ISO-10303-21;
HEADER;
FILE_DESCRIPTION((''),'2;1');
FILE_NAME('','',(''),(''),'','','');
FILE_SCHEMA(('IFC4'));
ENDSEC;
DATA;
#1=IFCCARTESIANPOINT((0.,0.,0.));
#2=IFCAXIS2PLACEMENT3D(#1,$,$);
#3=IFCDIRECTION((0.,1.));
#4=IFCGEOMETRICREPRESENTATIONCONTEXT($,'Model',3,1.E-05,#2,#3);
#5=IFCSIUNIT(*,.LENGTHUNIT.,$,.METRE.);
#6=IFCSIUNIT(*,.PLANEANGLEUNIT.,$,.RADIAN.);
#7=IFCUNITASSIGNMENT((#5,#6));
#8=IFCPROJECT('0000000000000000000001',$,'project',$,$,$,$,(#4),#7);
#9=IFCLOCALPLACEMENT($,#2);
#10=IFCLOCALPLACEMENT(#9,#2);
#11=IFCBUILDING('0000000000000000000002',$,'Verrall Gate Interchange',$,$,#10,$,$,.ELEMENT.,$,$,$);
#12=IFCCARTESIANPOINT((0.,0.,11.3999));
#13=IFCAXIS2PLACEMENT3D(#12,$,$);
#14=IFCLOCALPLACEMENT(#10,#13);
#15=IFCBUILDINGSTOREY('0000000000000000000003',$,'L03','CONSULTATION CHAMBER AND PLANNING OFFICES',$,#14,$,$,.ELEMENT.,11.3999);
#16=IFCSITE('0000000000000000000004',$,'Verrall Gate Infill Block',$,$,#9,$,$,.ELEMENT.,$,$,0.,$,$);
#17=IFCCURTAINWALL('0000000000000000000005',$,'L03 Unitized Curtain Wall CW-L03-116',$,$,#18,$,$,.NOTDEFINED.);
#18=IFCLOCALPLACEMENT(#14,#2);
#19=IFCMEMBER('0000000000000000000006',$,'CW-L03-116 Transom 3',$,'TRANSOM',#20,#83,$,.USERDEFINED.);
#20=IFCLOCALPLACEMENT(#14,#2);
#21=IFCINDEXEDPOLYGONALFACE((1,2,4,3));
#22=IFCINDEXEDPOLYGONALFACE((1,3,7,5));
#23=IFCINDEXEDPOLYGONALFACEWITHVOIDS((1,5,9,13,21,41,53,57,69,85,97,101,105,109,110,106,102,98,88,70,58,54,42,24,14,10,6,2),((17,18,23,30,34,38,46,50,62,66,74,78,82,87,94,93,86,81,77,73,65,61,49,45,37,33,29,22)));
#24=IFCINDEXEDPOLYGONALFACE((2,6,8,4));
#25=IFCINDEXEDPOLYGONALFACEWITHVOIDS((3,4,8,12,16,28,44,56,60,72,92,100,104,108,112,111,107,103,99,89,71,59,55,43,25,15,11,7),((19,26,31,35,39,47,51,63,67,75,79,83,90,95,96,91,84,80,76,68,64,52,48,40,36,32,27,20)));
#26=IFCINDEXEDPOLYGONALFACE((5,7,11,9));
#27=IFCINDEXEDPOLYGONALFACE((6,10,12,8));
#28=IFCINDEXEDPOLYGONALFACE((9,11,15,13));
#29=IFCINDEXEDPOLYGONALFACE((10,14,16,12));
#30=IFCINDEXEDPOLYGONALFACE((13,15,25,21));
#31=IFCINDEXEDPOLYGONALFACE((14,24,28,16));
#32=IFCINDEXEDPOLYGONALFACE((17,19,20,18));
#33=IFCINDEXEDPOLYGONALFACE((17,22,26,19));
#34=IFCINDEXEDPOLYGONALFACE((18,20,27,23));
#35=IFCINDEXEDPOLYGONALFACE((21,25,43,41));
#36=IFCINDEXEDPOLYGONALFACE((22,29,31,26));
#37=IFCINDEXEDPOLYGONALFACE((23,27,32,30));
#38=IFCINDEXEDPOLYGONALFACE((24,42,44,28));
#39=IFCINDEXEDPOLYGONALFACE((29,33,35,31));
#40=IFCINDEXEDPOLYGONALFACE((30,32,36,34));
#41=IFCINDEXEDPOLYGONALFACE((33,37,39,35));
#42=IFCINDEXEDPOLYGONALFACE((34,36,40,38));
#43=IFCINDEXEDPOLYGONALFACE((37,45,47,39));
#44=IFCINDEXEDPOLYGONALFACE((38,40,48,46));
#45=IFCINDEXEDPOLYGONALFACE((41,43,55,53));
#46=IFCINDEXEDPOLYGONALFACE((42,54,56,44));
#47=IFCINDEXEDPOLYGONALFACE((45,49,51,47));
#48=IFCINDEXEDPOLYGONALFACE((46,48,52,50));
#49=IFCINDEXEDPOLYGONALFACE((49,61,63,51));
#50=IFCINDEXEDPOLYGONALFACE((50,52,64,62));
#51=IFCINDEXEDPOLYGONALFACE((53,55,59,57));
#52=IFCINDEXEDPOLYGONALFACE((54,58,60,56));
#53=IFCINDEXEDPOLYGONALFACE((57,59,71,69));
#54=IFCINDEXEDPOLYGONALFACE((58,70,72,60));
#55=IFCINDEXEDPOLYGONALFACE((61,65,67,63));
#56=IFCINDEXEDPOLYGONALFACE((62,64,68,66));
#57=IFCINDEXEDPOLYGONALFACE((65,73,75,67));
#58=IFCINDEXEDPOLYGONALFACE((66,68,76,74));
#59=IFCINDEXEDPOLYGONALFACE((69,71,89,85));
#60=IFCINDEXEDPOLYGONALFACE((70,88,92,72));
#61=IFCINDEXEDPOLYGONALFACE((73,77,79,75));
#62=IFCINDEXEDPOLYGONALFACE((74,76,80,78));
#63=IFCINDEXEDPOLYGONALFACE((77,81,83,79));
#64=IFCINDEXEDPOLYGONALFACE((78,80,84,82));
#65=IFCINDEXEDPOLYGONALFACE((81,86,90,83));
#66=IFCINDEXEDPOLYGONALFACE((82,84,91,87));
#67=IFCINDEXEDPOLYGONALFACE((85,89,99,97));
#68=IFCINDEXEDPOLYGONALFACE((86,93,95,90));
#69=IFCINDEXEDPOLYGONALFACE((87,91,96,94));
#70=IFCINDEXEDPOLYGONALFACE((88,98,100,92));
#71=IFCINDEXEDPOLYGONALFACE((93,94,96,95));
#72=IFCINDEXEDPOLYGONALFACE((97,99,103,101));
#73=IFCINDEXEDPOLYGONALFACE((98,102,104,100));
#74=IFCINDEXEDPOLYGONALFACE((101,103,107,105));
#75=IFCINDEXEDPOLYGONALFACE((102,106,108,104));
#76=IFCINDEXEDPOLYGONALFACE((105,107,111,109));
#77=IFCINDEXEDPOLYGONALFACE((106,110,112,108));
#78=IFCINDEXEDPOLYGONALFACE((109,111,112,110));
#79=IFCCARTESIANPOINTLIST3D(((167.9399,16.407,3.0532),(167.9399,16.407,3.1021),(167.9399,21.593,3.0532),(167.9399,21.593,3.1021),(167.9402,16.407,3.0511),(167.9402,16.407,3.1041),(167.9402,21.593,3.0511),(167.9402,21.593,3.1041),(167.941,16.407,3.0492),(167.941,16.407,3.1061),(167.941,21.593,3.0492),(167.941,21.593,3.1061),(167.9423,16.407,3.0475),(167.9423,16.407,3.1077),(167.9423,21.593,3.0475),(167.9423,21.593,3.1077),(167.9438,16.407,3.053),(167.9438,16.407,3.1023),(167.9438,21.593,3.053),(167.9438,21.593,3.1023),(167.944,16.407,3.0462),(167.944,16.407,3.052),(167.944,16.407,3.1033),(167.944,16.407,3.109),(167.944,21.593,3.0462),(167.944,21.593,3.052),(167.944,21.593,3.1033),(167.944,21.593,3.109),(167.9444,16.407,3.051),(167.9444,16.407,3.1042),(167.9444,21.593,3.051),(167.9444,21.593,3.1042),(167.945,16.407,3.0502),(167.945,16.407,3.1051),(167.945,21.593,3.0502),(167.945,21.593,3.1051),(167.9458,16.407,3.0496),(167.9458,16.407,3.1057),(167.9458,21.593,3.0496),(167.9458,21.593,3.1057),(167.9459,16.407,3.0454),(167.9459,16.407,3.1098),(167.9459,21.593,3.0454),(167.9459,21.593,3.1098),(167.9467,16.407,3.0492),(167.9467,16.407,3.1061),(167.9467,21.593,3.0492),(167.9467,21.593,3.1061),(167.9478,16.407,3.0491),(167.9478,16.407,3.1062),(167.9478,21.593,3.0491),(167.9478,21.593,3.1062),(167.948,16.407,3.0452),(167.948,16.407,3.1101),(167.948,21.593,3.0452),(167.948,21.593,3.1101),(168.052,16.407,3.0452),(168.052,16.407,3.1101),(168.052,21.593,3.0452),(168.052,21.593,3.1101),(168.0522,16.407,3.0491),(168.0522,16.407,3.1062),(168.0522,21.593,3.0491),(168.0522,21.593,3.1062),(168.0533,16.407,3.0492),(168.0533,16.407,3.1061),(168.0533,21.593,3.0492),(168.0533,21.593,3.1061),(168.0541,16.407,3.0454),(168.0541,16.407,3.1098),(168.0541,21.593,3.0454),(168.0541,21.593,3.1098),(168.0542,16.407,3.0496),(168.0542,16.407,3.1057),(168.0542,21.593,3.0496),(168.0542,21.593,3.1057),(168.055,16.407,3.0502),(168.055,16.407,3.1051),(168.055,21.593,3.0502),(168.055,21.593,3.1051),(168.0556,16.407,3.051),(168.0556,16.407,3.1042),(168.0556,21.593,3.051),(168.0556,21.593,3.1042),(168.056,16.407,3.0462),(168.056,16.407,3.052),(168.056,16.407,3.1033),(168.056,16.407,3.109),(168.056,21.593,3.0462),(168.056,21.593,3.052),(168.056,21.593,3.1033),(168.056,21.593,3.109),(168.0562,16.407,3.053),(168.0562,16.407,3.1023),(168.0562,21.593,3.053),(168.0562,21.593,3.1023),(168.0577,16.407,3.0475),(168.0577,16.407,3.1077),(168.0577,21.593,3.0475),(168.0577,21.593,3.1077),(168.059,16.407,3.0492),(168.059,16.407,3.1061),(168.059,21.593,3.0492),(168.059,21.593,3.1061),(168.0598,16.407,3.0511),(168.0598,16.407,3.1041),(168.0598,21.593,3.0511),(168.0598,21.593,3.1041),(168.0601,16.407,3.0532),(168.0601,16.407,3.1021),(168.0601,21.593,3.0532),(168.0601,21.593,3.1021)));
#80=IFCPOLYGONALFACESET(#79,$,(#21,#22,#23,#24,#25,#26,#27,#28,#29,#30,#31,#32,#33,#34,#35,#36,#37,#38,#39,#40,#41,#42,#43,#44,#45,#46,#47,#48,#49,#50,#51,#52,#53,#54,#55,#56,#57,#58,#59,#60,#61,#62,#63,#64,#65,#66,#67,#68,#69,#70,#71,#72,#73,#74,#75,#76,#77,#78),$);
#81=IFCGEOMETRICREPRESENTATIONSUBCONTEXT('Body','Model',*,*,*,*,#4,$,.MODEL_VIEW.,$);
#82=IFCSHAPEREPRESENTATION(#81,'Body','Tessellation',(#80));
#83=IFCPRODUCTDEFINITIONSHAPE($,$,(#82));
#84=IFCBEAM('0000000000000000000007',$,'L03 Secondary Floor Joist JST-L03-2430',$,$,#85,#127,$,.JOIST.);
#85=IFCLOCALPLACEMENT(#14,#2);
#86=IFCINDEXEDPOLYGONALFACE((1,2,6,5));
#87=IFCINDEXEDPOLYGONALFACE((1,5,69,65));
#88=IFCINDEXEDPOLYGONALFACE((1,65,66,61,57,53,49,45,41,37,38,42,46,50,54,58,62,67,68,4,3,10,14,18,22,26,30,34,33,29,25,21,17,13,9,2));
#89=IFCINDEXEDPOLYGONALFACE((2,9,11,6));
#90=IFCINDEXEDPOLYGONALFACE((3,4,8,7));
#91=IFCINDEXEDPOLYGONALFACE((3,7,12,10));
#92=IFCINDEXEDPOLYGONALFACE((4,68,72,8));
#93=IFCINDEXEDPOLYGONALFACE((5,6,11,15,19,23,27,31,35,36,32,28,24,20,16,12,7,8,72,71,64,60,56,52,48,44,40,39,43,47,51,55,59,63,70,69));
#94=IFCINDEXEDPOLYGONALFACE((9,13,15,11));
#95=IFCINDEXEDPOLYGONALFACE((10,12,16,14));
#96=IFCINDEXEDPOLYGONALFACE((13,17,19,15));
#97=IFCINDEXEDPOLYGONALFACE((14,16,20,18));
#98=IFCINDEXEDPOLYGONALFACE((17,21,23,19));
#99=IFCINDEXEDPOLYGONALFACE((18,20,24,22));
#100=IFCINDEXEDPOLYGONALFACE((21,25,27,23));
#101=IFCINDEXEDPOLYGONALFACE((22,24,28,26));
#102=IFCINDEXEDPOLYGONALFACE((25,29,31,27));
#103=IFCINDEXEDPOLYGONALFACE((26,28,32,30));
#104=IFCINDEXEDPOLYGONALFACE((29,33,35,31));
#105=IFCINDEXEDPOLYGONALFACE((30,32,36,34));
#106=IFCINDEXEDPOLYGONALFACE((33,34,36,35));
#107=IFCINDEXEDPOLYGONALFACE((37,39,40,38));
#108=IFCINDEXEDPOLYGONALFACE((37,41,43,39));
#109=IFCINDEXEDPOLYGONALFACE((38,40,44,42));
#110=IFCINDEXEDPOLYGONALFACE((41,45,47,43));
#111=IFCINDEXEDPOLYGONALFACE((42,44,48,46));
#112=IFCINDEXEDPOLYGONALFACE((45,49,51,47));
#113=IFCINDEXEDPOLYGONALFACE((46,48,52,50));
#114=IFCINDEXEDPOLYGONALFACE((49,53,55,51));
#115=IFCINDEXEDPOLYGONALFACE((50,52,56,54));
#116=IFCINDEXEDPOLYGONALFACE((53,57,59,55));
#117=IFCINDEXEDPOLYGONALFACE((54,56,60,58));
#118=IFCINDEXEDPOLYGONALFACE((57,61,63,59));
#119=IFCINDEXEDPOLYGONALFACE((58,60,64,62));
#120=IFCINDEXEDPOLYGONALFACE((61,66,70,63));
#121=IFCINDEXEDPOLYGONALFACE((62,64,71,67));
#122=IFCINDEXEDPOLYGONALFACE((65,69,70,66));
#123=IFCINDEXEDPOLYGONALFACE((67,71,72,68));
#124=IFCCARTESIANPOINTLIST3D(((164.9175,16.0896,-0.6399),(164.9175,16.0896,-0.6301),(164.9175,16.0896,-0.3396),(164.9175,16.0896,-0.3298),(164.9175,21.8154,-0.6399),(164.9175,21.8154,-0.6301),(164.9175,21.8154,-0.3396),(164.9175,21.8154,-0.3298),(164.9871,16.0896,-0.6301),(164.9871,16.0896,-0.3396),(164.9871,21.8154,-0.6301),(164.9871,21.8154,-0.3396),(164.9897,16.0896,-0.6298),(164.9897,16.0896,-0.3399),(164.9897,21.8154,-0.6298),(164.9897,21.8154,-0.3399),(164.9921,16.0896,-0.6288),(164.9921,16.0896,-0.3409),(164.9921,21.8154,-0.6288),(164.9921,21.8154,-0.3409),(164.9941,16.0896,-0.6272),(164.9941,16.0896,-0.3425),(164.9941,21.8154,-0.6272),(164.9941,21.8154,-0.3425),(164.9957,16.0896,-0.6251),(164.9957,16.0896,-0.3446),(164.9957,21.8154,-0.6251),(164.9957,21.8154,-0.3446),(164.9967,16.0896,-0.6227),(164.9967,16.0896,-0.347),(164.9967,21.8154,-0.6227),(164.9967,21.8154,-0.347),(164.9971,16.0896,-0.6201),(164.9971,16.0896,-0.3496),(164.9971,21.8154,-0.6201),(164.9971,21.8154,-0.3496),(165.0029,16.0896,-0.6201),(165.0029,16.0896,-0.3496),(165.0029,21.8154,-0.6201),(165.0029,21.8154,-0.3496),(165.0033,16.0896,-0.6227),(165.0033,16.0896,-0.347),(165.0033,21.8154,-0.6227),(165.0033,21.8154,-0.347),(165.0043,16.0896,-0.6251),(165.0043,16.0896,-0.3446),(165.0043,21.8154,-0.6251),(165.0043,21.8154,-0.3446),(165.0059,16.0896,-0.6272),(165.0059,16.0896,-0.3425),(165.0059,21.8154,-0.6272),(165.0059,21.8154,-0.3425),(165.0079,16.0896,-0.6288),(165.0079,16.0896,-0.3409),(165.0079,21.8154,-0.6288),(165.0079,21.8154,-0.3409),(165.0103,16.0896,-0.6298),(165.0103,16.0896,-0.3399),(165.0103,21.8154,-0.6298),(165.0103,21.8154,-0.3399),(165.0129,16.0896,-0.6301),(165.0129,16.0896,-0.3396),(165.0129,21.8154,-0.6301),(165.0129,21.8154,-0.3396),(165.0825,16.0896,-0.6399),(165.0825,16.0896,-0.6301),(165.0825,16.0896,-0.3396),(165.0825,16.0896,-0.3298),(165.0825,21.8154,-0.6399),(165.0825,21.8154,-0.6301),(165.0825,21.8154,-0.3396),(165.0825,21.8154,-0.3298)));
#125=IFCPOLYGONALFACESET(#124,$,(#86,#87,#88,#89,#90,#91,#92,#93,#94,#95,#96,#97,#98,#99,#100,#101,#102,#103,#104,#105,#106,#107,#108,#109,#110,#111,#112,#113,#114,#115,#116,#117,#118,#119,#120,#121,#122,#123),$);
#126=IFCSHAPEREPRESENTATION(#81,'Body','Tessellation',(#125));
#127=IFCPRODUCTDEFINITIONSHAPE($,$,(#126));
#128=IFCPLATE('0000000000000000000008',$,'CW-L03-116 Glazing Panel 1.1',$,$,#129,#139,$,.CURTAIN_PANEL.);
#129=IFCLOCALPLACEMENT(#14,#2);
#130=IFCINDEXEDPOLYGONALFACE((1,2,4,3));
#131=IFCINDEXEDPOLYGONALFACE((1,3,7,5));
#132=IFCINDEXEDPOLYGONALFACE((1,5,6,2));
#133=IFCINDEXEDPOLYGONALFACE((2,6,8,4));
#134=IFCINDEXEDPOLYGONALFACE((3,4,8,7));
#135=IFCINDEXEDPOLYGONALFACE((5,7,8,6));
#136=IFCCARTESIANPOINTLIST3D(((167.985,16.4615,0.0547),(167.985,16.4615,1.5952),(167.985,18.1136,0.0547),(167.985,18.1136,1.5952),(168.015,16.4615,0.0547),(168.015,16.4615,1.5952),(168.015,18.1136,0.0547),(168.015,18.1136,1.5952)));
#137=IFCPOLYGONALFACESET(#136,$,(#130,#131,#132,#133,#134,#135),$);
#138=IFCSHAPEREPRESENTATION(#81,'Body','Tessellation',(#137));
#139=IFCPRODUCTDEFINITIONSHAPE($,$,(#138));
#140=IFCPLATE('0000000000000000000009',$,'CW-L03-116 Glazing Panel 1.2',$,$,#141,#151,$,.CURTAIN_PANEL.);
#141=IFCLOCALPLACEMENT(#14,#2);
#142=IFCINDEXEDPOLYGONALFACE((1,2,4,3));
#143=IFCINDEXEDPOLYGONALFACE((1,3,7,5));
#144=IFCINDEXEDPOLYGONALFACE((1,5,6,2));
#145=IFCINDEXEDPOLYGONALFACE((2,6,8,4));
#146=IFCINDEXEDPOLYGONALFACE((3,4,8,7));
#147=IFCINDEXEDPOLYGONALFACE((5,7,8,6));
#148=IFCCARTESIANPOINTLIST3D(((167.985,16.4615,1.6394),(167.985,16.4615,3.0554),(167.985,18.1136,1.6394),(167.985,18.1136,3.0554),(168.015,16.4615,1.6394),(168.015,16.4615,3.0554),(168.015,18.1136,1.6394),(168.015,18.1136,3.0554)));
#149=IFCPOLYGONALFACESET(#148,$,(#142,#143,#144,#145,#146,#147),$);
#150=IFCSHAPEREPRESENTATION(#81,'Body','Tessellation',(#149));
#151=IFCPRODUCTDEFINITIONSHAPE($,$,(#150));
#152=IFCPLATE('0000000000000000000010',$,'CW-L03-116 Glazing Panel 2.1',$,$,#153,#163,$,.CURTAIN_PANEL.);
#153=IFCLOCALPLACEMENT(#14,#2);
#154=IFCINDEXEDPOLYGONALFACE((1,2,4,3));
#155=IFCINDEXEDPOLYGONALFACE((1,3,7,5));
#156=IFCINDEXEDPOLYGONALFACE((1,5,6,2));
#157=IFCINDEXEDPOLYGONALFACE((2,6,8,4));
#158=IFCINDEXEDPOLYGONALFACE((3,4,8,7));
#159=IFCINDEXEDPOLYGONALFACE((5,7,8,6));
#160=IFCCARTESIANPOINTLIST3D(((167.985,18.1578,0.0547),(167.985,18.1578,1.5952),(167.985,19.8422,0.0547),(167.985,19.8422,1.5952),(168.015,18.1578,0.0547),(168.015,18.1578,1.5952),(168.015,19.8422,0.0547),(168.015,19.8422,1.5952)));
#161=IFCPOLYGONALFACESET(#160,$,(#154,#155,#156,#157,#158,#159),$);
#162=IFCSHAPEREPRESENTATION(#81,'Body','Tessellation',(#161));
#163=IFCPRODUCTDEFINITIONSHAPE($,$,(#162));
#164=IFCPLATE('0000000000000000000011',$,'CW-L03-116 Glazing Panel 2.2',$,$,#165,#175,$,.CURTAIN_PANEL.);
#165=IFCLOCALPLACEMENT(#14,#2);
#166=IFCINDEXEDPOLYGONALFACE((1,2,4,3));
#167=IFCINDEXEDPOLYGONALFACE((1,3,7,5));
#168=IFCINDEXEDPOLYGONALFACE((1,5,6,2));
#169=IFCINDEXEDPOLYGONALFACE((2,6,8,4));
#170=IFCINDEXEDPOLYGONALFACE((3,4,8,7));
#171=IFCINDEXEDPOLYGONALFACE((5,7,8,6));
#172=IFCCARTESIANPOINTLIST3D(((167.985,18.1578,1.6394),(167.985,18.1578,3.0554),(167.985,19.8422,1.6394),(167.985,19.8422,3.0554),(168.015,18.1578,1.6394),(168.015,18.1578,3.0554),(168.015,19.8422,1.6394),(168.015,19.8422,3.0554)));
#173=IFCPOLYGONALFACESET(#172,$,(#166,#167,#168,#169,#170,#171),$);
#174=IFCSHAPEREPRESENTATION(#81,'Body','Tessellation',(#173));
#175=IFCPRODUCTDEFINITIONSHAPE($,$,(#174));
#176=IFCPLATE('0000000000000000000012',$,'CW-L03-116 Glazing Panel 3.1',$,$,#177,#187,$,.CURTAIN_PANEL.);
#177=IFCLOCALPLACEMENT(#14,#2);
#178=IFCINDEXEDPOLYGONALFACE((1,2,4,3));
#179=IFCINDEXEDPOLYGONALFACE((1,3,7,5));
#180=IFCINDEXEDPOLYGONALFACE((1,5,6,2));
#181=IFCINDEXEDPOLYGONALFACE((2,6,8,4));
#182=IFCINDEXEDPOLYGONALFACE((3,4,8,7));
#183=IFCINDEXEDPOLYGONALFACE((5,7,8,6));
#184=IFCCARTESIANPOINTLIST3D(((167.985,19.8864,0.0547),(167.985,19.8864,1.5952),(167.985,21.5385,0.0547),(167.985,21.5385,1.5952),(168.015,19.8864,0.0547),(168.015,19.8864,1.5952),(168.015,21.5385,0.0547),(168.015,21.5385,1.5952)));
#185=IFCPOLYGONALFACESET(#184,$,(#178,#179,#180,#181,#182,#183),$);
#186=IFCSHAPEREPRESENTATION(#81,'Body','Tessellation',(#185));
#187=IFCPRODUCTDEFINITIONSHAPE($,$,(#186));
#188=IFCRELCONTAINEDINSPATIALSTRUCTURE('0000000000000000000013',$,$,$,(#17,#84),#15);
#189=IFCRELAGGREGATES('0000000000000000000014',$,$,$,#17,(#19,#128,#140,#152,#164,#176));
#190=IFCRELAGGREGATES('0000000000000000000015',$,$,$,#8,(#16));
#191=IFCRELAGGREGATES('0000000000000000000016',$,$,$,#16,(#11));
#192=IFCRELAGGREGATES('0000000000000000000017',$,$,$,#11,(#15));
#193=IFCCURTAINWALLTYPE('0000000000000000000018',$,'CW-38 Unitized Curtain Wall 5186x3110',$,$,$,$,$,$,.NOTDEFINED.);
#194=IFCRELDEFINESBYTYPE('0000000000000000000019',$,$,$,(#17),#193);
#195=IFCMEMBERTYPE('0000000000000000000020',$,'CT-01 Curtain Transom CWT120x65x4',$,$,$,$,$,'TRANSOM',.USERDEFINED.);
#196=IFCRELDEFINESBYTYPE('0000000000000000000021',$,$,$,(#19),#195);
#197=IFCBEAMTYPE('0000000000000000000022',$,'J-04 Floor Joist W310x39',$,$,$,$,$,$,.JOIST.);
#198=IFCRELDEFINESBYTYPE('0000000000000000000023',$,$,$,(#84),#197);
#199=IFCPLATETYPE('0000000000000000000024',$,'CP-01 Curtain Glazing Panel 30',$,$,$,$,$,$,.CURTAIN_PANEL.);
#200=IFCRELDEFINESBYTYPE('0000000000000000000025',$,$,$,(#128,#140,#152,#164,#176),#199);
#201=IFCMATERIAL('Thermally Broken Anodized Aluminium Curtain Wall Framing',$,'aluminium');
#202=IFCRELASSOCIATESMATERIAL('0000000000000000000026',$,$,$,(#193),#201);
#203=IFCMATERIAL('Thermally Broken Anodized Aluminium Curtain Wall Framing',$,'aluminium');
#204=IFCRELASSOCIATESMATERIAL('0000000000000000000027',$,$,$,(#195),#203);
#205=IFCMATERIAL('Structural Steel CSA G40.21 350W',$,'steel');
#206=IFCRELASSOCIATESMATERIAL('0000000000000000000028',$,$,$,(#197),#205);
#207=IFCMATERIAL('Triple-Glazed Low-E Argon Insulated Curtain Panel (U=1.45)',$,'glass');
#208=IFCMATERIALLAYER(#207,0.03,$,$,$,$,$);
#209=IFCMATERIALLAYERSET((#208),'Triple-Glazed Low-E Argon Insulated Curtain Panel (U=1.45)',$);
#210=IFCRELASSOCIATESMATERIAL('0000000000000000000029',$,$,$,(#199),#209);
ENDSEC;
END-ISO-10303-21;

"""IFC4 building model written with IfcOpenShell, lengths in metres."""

from ifc_helpers import new_model, si_unit, direction, frame, origin, origin_2d, place, context, subcontext, project, spatial, rectangle, hollow_rectangle, i_section, extrude, material, layer, layer_set, material_profile, profile_set, type_object, element, aggregate, save


model = new_model("IFC4")

# Units and contexts
model_context = context("Model", 3, precision=1e-05, world=origin(), true_north=direction((0.0, 1.0)))
body_context = subcontext(model_context, "Body", "Model", "MODEL_VIEW")
ifc_project = project(units=[si_unit("LENGTHUNIT", "METRE"), si_unit("PLANEANGLEUNIT", "RADIAN")], contexts=[model_context])

# Site, building, storey
site_placement = place(None, origin())
site = spatial("IfcSite", under=ifc_project, at=site_placement, Name="Verrall Gate Infill Block", CompositionType="ELEMENT", RefElevation=0.0)
building_placement = place(site_placement, origin())
building = spatial("IfcBuilding", under=site, at=building_placement, Name="Verrall Gate Interchange", CompositionType="ELEMENT")
storey_placement = place(building_placement, frame((0.0, 0.0, 11.3999)))
storey = spatial("IfcBuildingStorey", under=building, at=storey_placement, Name="L03", Description="CONSULTATION CHAMBER AND PLANNING OFFICES", CompositionType="ELEMENT", Elevation=11.3999)

# Curtain wall
ifc_material_1 = material(Name="Thermally Broken Anodized Aluminium Curtain Wall Framing", Category="aluminium")
curtain_wall_type_1 = type_object("IfcCurtainWallType", Name="CW-38 Unitized Curtain Wall 5186x3110", PredefinedType="NOTDEFINED", material=ifc_material_1)
curtain_wall_1_placement = place(storey_placement, origin())
curtain_wall_1 = element("IfcCurtainWall", 1, at=curtain_wall_1_placement, inside=storey, type_object=curtain_wall_type_1, Name="L03 Unitized Curtain Wall CW-L03-116", PredefinedType="NOTDEFINED")

# Member
ifc_material_2 = material(Name="Thermally Broken Anodized Aluminium Curtain Wall Framing", Category="aluminium")
ifc_material_profile_1 = material_profile(ifc_material_2, hollow_rectangle(XDim=0.1201, YDim=0.0649, WallThickness=0.0039, InnerFilletRadius=0.0039, OuterFilletRadius=0.0081, at=origin_2d()), Name="CWT120x65x4")
ifc_profile_set_1 = profile_set([ifc_material_profile_1], Name="Thermally Broken Anodized Aluminium Curtain Wall Framing")
member_type_1 = type_object("IfcMemberType", Name="CT-01 Curtain Transom CWT120x65x4", ElementType="TRANSOM", PredefinedType="USERDEFINED", material=ifc_profile_set_1)
member_1_placement = place(storey_placement, frame((168.0, 16.407, 3.0776), z_axis=(0.0, 1.0, 0.0), x_axis=(-1.0, 0.0, 0.0)))
member_1 = element("IfcMember", 2, at=member_1_placement, type_object=member_type_1, Name="CW-L03-116 Transom 3", ObjectType="TRANSOM", PredefinedType="USERDEFINED", context=body_context, shape_type="SweptSolid", body=[
    extrude(hollow_rectangle(XDim=0.1201, YDim=0.0649, WallThickness=0.0039, InnerFilletRadius=0.0039, OuterFilletRadius=0.0081, at=origin_2d()), origin(), (0.0, 0.0, 1.0), 5.186),
])

# Beam
ifc_material_3 = material(Name="Structural Steel CSA G40.21 350W", Category="steel")
ifc_material_profile_2 = material_profile(ifc_material_3, i_section(OverallWidth=0.165, OverallDepth=0.3101, WebThickness=0.0059, FlangeThickness=0.0098, FilletRadius=0.01, at=origin_2d()), Name="W310x39")
ifc_profile_set_2 = profile_set([ifc_material_profile_2], Name="Structural Steel CSA G40.21 350W")
beam_type_1 = type_object("IfcBeamType", Name="J-04 Floor Joist W310x39", PredefinedType="JOIST", material=ifc_profile_set_2)
beam_1_placement = place(storey_placement, frame((165.0, 16.0896, -0.4849), z_axis=(0.0, 1.0, 0.0), x_axis=(-1.0, 0.0, 0.0)))
element("IfcBeam", 3, at=beam_1_placement, inside=storey, type_object=beam_type_1, Name="L03 Secondary Floor Joist JST-L03-2430", PredefinedType="JOIST", context=body_context, shape_type="SweptSolid", body=[
    extrude(i_section(OverallWidth=0.165, OverallDepth=0.3101, WebThickness=0.0059, FlangeThickness=0.0098, FilletRadius=0.01, at=origin_2d()), origin(), (0.0, 0.0, 1.0), 5.7258),
])

# Plates
ifc_material_4 = material(Name="Triple-Glazed Low-E Argon Insulated Curtain Panel (U=1.45)", Category="glass")
ifc_layer_1 = layer(ifc_material_4, 0.03)
ifc_layer_set_1 = layer_set([ifc_layer_1], Name="Triple-Glazed Low-E Argon Insulated Curtain Panel (U=1.45)")
plate_type_1 = type_object("IfcPlateType", Name="CP-01 Curtain Glazing Panel 30", PredefinedType="CURTAIN_PANEL", material=ifc_layer_set_1)
plate_1_placement = place(storey_placement, frame((168.0, 17.2876, 0.0547), z_axis=(0.0, 0.0, 1.0), x_axis=(0.0, 1.0, 0.0)))
plate_1 = element("IfcPlate", 4, at=plate_1_placement, type_object=plate_type_1, Name="CW-L03-116 Glazing Panel 1.1", PredefinedType="CURTAIN_PANEL", context=body_context, shape_type="SweptSolid", body=[
    extrude(rectangle(XDim=1.6521, YDim=0.03, at=origin_2d()), origin(), (0.0, 0.0, 1.0), 1.5405),
])
plate_2_placement = place(storey_placement, frame((168.0, 17.2876, 1.6394), z_axis=(0.0, 0.0, 1.0), x_axis=(0.0, 1.0, 0.0)))
plate_2 = element("IfcPlate", 5, at=plate_2_placement, type_object=plate_type_1, Name="CW-L03-116 Glazing Panel 1.2", PredefinedType="CURTAIN_PANEL", context=body_context, shape_type="SweptSolid", body=[
    extrude(rectangle(XDim=1.6521, YDim=0.03, at=origin_2d()), origin(), (0.0, 0.0, 1.0), 1.416),
])
plate_3_placement = place(storey_placement, frame((168.0, 19.0, 0.0547), z_axis=(0.0, 0.0, 1.0), x_axis=(0.0, 1.0, 0.0)))
plate_3 = element("IfcPlate", 6, at=plate_3_placement, type_object=plate_type_1, Name="CW-L03-116 Glazing Panel 2.1", PredefinedType="CURTAIN_PANEL", context=body_context, shape_type="SweptSolid", body=[
    extrude(rectangle(XDim=1.6843, YDim=0.03, at=origin_2d()), origin(), (0.0, 0.0, 1.0), 1.5405),
])
plate_4_placement = place(storey_placement, frame((168.0, 19.0, 1.6394), z_axis=(0.0, 0.0, 1.0), x_axis=(0.0, 1.0, 0.0)))
plate_4 = element("IfcPlate", 7, at=plate_4_placement, type_object=plate_type_1, Name="CW-L03-116 Glazing Panel 2.2", PredefinedType="CURTAIN_PANEL", context=body_context, shape_type="SweptSolid", body=[
    extrude(rectangle(XDim=1.6843, YDim=0.03, at=origin_2d()), origin(), (0.0, 0.0, 1.0), 1.416),
])
plate_5_placement = place(storey_placement, frame((168.0, 20.7124, 0.0547), z_axis=(0.0, 0.0, 1.0), x_axis=(0.0, 1.0, 0.0)))
plate_5 = element("IfcPlate", 8, at=plate_5_placement, type_object=plate_type_1, Name="CW-L03-116 Glazing Panel 3.1", PredefinedType="CURTAIN_PANEL", context=body_context, shape_type="SweptSolid", body=[
    extrude(rectangle(XDim=1.6521, YDim=0.03, at=origin_2d()), origin(), (0.0, 0.0, 1.0), 1.5405),
])
aggregate(curtain_wall_1, [member_1, plate_1, plate_2, plate_3, plate_4, plate_5])

save(model, "model.ifc")
